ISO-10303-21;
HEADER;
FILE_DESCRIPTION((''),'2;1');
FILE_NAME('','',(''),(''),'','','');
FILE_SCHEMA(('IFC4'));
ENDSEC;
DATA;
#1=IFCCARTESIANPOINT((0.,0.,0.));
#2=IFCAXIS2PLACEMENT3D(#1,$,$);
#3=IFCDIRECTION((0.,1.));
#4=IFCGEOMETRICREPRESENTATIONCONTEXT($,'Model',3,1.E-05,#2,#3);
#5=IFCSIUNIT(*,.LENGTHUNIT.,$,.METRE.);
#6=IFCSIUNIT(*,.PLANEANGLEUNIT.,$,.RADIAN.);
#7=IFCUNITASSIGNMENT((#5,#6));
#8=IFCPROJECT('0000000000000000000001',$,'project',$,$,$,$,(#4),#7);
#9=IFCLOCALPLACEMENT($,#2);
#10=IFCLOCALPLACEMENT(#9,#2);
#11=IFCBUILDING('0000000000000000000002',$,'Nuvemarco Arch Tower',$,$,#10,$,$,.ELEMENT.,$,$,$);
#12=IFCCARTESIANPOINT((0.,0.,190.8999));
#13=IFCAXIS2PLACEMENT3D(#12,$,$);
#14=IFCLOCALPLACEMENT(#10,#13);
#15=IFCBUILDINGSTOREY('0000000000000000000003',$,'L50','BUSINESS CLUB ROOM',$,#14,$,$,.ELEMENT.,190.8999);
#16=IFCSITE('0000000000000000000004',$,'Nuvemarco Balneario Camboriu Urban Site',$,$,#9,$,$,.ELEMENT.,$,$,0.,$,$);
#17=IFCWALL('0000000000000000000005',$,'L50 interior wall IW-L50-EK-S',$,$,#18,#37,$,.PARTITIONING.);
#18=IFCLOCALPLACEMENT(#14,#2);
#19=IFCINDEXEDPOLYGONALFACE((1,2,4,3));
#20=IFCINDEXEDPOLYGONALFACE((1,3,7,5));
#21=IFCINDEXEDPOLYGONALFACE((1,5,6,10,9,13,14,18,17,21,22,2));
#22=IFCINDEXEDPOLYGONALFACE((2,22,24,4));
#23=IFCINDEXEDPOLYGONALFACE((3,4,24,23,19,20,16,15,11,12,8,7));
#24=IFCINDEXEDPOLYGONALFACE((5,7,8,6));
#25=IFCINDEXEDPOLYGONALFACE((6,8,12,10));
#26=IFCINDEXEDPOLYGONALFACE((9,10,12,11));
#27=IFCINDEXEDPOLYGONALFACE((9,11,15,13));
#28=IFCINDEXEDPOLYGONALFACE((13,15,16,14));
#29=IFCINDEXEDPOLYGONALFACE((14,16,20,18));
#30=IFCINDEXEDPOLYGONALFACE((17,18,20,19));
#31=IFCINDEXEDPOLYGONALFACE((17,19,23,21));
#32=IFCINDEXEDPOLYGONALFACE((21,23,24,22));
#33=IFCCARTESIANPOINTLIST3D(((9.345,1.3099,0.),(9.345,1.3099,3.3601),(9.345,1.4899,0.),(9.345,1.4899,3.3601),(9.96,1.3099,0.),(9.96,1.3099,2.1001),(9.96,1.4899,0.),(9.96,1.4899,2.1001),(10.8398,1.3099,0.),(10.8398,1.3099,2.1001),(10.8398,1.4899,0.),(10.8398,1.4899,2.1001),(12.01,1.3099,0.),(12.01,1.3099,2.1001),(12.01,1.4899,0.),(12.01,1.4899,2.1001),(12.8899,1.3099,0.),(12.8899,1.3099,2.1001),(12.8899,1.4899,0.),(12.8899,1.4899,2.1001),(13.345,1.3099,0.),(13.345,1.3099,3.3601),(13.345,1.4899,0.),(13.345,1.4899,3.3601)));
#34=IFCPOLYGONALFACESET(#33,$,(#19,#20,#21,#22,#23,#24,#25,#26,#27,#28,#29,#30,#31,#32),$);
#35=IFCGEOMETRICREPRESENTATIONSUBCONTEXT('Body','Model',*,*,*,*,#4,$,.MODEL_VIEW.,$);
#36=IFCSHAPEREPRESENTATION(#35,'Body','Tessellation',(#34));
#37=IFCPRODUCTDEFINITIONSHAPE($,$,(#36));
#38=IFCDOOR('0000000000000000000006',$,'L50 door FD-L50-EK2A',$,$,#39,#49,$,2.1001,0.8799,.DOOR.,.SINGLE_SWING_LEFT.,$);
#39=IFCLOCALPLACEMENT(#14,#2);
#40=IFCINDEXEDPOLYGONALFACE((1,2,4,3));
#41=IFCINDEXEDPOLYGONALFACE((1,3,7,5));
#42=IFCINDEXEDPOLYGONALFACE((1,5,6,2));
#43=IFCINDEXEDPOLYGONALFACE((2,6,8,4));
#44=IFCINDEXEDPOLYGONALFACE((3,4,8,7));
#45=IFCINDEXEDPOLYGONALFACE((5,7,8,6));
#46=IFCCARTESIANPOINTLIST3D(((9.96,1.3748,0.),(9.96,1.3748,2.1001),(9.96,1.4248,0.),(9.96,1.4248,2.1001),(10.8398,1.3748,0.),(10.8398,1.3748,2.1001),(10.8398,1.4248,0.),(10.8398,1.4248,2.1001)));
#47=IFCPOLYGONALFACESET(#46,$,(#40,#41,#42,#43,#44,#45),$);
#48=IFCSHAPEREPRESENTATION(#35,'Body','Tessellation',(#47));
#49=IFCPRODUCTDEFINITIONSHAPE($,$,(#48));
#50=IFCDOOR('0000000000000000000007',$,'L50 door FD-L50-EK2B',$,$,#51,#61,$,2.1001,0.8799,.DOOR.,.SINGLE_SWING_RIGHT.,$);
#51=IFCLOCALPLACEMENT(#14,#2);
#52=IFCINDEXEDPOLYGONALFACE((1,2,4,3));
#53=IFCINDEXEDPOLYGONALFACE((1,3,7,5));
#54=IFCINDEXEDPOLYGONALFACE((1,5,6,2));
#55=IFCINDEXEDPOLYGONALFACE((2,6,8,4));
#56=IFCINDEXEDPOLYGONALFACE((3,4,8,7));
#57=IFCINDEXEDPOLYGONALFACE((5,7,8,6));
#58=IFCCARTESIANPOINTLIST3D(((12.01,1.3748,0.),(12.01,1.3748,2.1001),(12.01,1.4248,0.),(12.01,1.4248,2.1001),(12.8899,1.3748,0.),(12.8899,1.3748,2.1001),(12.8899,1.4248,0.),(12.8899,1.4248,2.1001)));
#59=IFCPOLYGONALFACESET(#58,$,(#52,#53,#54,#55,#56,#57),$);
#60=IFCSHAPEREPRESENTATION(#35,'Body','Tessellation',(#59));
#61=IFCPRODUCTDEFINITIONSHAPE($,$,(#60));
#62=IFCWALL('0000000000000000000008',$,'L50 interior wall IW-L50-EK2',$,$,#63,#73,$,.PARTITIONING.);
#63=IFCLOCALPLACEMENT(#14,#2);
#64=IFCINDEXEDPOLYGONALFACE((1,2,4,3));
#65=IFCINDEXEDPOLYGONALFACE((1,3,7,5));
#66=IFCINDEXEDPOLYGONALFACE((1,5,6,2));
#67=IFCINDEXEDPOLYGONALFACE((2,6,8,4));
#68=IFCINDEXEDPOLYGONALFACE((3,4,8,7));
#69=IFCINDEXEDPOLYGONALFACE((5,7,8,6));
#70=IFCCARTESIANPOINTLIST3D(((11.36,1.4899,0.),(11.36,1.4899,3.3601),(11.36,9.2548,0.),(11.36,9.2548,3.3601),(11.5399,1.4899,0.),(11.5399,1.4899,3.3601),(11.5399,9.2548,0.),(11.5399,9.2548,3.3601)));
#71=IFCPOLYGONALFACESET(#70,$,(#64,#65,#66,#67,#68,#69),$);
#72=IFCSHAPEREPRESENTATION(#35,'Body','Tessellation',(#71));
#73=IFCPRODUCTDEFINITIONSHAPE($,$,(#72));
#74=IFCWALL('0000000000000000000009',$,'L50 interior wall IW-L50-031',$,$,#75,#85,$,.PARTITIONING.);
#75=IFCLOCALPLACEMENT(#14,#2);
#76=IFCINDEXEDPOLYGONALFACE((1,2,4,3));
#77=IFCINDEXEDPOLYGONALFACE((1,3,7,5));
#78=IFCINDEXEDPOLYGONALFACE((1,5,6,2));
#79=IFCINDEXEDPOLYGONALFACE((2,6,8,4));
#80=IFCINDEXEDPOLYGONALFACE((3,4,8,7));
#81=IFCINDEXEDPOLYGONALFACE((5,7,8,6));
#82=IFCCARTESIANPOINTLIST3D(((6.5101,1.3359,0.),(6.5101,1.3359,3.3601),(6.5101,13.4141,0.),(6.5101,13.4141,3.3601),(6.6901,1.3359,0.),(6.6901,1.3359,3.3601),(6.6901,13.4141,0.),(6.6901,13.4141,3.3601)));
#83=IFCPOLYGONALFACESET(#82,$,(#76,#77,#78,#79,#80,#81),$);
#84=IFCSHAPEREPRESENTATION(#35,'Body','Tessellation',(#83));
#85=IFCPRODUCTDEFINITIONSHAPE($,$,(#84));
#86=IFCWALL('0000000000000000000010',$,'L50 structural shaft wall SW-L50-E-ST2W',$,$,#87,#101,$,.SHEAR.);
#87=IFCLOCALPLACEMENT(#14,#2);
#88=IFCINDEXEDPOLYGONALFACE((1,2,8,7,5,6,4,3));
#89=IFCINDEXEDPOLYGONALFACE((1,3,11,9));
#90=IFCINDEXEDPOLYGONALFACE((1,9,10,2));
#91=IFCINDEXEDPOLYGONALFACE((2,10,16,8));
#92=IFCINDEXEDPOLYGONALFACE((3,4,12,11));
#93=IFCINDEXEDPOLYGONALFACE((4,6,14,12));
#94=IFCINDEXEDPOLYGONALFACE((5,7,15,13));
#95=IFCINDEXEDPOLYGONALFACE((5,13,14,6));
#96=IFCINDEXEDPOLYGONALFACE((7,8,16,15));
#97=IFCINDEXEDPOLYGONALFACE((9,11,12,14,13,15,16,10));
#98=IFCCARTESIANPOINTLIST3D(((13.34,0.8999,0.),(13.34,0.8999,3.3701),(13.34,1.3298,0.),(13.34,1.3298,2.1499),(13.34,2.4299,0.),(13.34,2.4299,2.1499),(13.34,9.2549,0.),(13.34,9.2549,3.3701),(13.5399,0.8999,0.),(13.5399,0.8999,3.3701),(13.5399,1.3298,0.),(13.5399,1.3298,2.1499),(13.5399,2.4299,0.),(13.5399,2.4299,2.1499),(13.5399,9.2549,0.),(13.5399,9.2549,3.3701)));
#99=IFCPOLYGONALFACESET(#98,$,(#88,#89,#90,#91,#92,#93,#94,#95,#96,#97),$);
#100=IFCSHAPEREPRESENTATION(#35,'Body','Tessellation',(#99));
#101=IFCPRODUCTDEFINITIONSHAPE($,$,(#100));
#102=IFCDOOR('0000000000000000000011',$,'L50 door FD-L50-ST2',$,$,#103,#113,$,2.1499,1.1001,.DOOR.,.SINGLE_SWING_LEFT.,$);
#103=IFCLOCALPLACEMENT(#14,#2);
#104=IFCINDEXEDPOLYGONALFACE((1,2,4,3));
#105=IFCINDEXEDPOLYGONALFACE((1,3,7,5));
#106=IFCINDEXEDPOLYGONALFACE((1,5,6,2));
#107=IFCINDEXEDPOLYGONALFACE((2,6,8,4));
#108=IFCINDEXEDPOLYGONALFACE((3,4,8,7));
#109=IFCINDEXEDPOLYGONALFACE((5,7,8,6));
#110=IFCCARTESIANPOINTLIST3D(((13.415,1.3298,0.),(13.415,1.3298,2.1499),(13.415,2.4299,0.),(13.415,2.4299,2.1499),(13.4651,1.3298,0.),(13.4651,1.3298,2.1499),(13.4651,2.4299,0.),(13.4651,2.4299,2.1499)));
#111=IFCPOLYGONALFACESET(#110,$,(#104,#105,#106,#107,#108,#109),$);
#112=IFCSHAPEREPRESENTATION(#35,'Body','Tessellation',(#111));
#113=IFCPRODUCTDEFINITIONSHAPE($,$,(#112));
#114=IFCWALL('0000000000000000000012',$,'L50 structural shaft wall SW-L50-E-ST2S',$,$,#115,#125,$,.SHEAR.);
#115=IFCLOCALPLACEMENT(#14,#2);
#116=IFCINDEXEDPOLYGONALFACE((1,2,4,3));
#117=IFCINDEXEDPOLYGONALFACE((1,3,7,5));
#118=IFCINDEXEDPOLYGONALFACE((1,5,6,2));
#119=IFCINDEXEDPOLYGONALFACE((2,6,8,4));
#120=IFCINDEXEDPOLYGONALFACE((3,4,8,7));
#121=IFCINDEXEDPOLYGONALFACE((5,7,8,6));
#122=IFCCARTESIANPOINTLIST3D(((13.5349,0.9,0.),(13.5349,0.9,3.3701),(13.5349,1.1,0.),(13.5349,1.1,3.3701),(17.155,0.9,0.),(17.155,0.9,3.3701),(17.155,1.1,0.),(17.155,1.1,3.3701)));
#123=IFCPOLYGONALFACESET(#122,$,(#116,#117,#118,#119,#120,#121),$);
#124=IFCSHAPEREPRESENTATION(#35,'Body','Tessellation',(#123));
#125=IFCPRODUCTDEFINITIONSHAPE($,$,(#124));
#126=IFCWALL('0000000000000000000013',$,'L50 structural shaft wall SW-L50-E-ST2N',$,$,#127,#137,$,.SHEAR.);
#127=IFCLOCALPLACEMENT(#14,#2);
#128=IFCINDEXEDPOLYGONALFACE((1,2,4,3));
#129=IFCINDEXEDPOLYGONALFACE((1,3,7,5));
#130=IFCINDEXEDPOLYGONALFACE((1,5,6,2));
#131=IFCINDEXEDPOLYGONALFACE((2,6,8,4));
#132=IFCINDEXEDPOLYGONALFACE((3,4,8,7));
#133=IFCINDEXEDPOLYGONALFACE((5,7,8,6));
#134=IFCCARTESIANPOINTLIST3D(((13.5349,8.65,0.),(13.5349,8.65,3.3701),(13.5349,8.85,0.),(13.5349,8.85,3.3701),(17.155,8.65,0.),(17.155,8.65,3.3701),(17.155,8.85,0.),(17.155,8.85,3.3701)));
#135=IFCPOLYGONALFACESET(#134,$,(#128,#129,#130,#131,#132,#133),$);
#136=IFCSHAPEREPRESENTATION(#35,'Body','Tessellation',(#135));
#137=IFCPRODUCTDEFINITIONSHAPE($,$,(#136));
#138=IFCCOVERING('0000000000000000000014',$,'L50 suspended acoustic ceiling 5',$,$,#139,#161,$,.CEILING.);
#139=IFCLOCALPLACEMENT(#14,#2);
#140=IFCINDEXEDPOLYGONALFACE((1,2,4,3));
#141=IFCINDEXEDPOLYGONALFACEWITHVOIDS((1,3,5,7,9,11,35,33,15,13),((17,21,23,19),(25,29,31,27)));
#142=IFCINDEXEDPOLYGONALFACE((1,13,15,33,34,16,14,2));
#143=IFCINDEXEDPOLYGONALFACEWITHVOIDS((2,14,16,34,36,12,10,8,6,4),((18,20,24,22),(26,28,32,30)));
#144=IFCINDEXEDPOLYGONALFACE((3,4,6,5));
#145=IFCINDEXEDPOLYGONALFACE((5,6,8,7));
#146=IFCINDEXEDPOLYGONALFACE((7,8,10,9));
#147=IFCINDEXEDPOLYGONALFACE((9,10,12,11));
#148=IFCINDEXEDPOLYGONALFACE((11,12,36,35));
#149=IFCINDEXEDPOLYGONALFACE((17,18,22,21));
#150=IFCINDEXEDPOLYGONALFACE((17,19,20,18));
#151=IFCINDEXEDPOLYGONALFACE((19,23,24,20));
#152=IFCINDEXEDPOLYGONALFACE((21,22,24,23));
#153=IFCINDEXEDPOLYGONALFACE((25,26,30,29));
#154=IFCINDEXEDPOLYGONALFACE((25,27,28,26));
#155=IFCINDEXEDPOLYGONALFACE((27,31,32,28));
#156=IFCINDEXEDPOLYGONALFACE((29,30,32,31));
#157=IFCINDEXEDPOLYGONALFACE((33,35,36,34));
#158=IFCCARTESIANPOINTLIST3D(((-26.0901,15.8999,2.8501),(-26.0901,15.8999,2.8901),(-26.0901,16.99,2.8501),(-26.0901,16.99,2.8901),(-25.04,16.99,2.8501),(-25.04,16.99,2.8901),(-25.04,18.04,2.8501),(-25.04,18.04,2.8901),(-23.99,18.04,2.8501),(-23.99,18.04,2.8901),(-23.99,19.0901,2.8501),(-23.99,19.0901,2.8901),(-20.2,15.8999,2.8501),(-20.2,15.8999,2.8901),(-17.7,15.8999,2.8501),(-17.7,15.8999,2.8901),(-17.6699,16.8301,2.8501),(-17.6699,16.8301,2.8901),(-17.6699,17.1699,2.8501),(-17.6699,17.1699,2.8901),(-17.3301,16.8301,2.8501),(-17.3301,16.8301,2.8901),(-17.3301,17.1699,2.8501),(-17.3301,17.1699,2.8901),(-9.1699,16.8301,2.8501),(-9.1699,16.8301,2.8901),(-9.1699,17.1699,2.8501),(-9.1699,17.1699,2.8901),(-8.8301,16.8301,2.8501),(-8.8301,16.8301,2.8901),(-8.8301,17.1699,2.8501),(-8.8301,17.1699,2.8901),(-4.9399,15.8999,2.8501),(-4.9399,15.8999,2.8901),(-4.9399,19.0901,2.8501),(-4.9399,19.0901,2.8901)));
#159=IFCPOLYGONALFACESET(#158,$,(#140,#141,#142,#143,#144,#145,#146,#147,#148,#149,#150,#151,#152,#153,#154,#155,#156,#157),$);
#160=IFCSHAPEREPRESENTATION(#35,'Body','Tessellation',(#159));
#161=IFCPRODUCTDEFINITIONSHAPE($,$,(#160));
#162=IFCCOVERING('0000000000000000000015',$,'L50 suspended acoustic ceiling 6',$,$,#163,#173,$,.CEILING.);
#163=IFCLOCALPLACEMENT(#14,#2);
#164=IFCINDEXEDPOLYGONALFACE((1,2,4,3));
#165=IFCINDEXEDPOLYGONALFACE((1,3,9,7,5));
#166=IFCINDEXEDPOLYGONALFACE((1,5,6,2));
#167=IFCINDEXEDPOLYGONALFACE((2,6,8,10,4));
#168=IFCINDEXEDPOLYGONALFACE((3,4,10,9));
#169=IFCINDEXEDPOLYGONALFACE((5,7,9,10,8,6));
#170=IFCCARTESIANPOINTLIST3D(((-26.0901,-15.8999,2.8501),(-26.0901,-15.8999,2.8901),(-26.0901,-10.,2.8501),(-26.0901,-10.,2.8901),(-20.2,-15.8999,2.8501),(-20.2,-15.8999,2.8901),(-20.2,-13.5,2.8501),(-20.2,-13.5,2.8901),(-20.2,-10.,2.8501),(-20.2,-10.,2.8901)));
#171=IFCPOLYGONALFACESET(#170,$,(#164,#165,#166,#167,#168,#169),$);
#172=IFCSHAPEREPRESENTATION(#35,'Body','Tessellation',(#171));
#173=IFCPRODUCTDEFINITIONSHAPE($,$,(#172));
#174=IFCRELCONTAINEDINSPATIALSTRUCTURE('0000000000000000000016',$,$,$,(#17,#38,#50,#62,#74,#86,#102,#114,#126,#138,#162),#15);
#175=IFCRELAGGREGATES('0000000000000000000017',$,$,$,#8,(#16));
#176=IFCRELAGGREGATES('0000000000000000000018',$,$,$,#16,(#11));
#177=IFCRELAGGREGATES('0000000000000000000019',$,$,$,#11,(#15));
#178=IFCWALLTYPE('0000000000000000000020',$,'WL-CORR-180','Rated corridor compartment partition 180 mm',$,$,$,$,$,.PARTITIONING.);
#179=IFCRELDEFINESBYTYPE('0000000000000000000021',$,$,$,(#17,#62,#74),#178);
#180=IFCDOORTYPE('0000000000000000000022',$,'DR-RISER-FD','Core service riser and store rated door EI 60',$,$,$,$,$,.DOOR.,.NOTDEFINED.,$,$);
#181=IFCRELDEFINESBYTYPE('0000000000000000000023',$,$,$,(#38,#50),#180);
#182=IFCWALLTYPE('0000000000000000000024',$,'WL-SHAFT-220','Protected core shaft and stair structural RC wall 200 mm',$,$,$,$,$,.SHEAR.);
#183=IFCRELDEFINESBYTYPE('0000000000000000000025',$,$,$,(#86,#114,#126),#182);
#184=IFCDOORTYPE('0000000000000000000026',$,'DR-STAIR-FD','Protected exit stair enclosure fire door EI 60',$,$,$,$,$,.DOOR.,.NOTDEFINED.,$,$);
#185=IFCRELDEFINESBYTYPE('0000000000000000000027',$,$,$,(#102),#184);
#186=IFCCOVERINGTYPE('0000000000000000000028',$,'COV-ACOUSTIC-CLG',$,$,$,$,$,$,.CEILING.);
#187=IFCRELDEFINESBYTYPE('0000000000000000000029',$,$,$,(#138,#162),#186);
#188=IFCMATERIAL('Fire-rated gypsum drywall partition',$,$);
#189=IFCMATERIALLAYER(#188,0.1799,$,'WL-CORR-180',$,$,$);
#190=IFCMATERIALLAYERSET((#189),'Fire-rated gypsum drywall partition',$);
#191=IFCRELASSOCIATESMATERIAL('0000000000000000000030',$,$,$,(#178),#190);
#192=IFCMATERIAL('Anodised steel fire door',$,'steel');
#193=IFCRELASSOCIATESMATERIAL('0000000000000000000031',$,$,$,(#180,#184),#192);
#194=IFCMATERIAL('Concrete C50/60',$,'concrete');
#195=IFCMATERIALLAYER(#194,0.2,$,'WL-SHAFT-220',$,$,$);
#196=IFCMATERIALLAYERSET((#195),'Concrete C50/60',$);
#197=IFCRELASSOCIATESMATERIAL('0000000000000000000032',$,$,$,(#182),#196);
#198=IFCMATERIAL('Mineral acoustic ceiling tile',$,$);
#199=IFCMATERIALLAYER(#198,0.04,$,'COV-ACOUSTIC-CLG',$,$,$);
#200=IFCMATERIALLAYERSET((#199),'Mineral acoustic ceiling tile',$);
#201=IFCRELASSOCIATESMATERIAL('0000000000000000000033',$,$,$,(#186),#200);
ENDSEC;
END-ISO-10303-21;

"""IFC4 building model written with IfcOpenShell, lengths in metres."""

from ifc_helpers import new_model, si_unit, direction, frame, frame_2d, origin, place, context, subcontext, project, spatial, polyline, rectangle, outline, extrude, source, transform, mapped, material, layer, layer_set, type_object, type_shapes, element, fill, save


model = new_model("IFC4")

# Units and contexts
model_context = context("Model", 3, precision=1e-05, world=origin(), true_north=direction((0.0, 1.0)))
body_context = subcontext(model_context, "Body", "Model", "MODEL_VIEW")
ifc_project = project(units=[si_unit("LENGTHUNIT", "METRE"), si_unit("PLANEANGLEUNIT", "RADIAN")], contexts=[model_context])

# Site, building, storey
site_placement = place(None, origin())
site = spatial("IfcSite", under=ifc_project, at=site_placement, Name="Nuvemarco Balneario Camboriu Urban Site", CompositionType="ELEMENT", RefElevation=0.0)
building_placement = place(site_placement, origin())
building = spatial("IfcBuilding", under=site, at=building_placement, Name="Nuvemarco Arch Tower", CompositionType="ELEMENT")
storey_placement = place(building_placement, frame((0.0, 0.0, 190.8999)))
storey = spatial("IfcBuildingStorey", under=building, at=storey_placement, Name="L50", Description="BUSINESS CLUB ROOM", CompositionType="ELEMENT", Elevation=190.8999)

# Shared definitions
ifc_material_1 = material(Name="Concrete C50/60", Category="concrete")

# Wall, openings, doors
ifc_material_2 = material(Name="Fire-rated gypsum drywall partition")
ifc_layer_1 = layer(ifc_material_2, 0.1799, Name="WL-CORR-180")
ifc_layer_set_1 = layer_set([ifc_layer_1], Name="Fire-rated gypsum drywall partition")
wall_type_1 = type_object("IfcWallType", Name="WL-CORR-180", Description="Rated corridor compartment partition 180 mm", PredefinedType="PARTITIONING", material=ifc_layer_set_1)
wall_1_placement = place(storey_placement, frame((9.345, 1.3999, 0.0), z_axis=(0.0, 0.0, 1.0), x_axis=(1.0, 0.0, 0.0)))
wall_1 = element("IfcWall", 1, at=wall_1_placement, inside=storey, type_object=wall_type_1, Name="L50 interior wall IW-L50-EK-S", PredefinedType="PARTITIONING", context=body_context, shape_type="SweptSolid", body=[
    extrude(rectangle(XDim=4.0, YDim=0.1799, at=frame_2d((2.0, 0.0))), origin(), (0.0, 0.0, 1.0), 3.3601),
])
opening_1_placement = place(wall_1_placement, frame((0.615, 0.0, 0.0)))
opening_1 = element("IfcOpeningElement", 2, at=opening_1_placement, cuts=wall_1, PredefinedType="OPENING", context=body_context, shape_type="SweptSolid", body=[
    extrude(rectangle(XDim=0.8799, YDim=2.1001, at=frame_2d((0.4399, 1.05))), frame((0.0, 0.0999, 0.0), z_axis=(0.0, -1.0, 0.0), x_axis=(1.0, 0.0, 0.0)), (0.0, 0.0, 1.0), 0.2),
])
opening_2_placement = place(wall_1_placement, frame((2.665, 0.0, 0.0)))
opening_2 = element("IfcOpeningElement", 3, at=opening_2_placement, cuts=wall_1, PredefinedType="OPENING", context=body_context, shape_type="SweptSolid", body=[
    extrude(rectangle(XDim=0.8799, YDim=2.1001, at=frame_2d((0.4399, 1.05))), frame((0.0, 0.0999, 0.0), z_axis=(0.0, -1.0, 0.0), x_axis=(1.0, 0.0, 0.0)), (0.0, 0.0, 1.0), 0.2),
])
ifc_material_3 = material(Name="Anodised steel fire door", Category="steel")
door_type_1 = type_object("IfcDoorType", Name="DR-RISER-FD", Description="Core service riser and store rated door EI 60", OperationType="NOTDEFINED", PredefinedType="DOOR", material=ifc_material_3)
shared_shape_1 = source(origin(), body_context, "Body", "SweptSolid", [
    extrude(rectangle(XDim=0.8799, YDim=2.1001, at=frame_2d((0.4399, 1.05))), frame((0.0, 0.0249, 0.0), z_axis=(0.0, -1.0, 0.0), x_axis=(1.0, 0.0, 0.0)), (0.0, 0.0, 1.0), 0.05),
])
type_shapes(door_type_1, [shared_shape_1])
door_1_placement = place(opening_1_placement, origin())
door_1 = element("IfcDoor", 4, at=door_1_placement, inside=storey, type_object=door_type_1, Name="L50 door FD-L50-EK2A", OperationType="SINGLE_SWING_LEFT", OverallHeight=2.1001, OverallWidth=0.8799, PredefinedType="DOOR", context=body_context, shape_type="MappedRepresentation", body=[
    mapped(shared_shape_1, transform((0.0, 0.0, 0.0), scale=1.0)),
])
fill(opening_1, door_1)
door_2_placement = place(opening_2_placement, origin())
door_2 = element("IfcDoor", 5, at=door_2_placement, inside=storey, type_object=door_type_1, Name="L50 door FD-L50-EK2B", OperationType="SINGLE_SWING_RIGHT", OverallHeight=2.1001, OverallWidth=0.8799, PredefinedType="DOOR", context=body_context, shape_type="MappedRepresentation", body=[
    mapped(shared_shape_1, transform((0.0, 0.0, 0.0), scale=1.0)),
])
fill(opening_2, door_2)

# Walls
wall_2_placement = place(storey_placement, frame((11.45, 1.49, 0.0), z_axis=(0.0, 0.0, 1.0), x_axis=(0.0, 1.0, 0.0)))
element("IfcWall", 6, at=wall_2_placement, inside=storey, type_object=wall_type_1, Name="L50 interior wall IW-L50-EK2", PredefinedType="PARTITIONING", context=body_context, shape_type="SweptSolid", body=[
    extrude(rectangle(XDim=7.7649, YDim=0.1799, at=frame_2d((3.8823, 0.0))), origin(), (0.0, 0.0, 1.0), 3.3601),
])
wall_3_placement = place(storey_placement, frame((6.6001, 1.3359, 0.0), z_axis=(0.0, 0.0, 1.0), x_axis=(0.0, 1.0, 0.0)))
element("IfcWall", 7, at=wall_3_placement, inside=storey, type_object=wall_type_1, Name="L50 interior wall IW-L50-031", PredefinedType="PARTITIONING", context=body_context, shape_type="SweptSolid", body=[
    extrude(rectangle(XDim=12.0781, YDim=0.1799, at=frame_2d((6.0391, 0.0))), origin(), (0.0, 0.0, 1.0), 3.3601),
])

# Wall, opening, door
ifc_layer_2 = layer(ifc_material_1, 0.2, Name="WL-SHAFT-220")
ifc_layer_set_2 = layer_set([ifc_layer_2], Name="Concrete C50/60")
wall_type_2 = type_object("IfcWallType", Name="WL-SHAFT-220", Description="Protected core shaft and stair structural RC wall 200 mm", PredefinedType="SHEAR", material=ifc_layer_set_2)
wall_4_placement = place(storey_placement, frame((13.4399, 0.8999, 0.0), z_axis=(0.0, 0.0, 1.0), x_axis=(0.0, 1.0, 0.0)))
wall_4 = element("IfcWall", 8, at=wall_4_placement, inside=storey, type_object=wall_type_2, Name="L50 structural shaft wall SW-L50-E-ST2W", PredefinedType="SHEAR", context=body_context, shape_type="SweptSolid", body=[
    extrude(rectangle(XDim=8.355, YDim=0.2, at=frame_2d((4.1775, 0.0))), origin(), (0.0, 0.0, 1.0), 3.3701),
])
opening_3_placement = place(wall_4_placement, frame((0.4299, 0.0, 0.0)))
opening_3 = element("IfcOpeningElement", 9, at=opening_3_placement, cuts=wall_4, PredefinedType="OPENING", context=body_context, shape_type="SweptSolid", body=[
    extrude(rectangle(XDim=1.1001, YDim=2.1499, at=frame_2d((0.55, 1.075))), frame((0.0, 0.1099, 0.0), z_axis=(0.0, -1.0, 0.0), x_axis=(1.0, 0.0, 0.0)), (0.0, 0.0, 1.0), 0.22),
])
door_type_2 = type_object("IfcDoorType", Name="DR-STAIR-FD", Description="Protected exit stair enclosure fire door EI 60", OperationType="NOTDEFINED", PredefinedType="DOOR", material=ifc_material_3)
shared_shape_2 = source(origin(), body_context, "Body", "SweptSolid", [
    extrude(rectangle(XDim=1.1001, YDim=2.1499, at=frame_2d((0.55, 1.075))), frame((0.0, 0.0249, 0.0), z_axis=(0.0, -1.0, 0.0), x_axis=(1.0, 0.0, 0.0)), (0.0, 0.0, 1.0), 0.05),
])
type_shapes(door_type_2, [shared_shape_2])
door_3_placement = place(opening_3_placement, origin())
door_3 = element("IfcDoor", 10, at=door_3_placement, inside=storey, type_object=door_type_2, Name="L50 door FD-L50-ST2", OperationType="SINGLE_SWING_LEFT", OverallHeight=2.1499, OverallWidth=1.1001, PredefinedType="DOOR", context=body_context, shape_type="MappedRepresentation", body=[
    mapped(shared_shape_2, transform((0.0, 0.0, 0.0), scale=1.0)),
])
fill(opening_3, door_3)

# Walls
for number, where, z_axis, x_axis, name in (
    (11, (13.5349, 1.0, 0.0), (0.0, 0.0, 1.0), (1.0, 0.0, 0.0), "L50 structural shaft wall SW-L50-E-ST2S"),
    (12, (13.5349, 8.75, 0.0), (0.0, 0.0, 1.0), (1.0, 0.0, 0.0), "L50 structural shaft wall SW-L50-E-ST2N"),
):
    element("IfcWall", number, at=place(storey_placement, frame(where, z_axis=z_axis, x_axis=x_axis)), inside=storey, type_object=wall_type_2, Name=name, PredefinedType="SHEAR", context=body_context, shape_type="SweptSolid", body=[
        extrude(rectangle(XDim=3.6201, YDim=0.2, at=frame_2d((1.8101, 0.0))), origin(), (0.0, 0.0, 1.0), 3.3701),
    ])

# Coverings
ifc_material_4 = material(Name="Mineral acoustic ceiling tile")
ifc_layer_3 = layer(ifc_material_4, 0.04, Name="COV-ACOUSTIC-CLG")
ifc_layer_set_3 = layer_set([ifc_layer_3], Name="Mineral acoustic ceiling tile")
covering_type_1 = type_object("IfcCoveringType", Name="COV-ACOUSTIC-CLG", PredefinedType="CEILING", material=ifc_layer_set_3)
covering_1_placement = place(storey_placement, frame((0.0, 0.0, 2.8501)))
element("IfcCovering", 13, at=covering_1_placement, inside=storey, type_object=covering_type_1, Name="L50 suspended acoustic ceiling 5", PredefinedType="CEILING", context=body_context, shape_type="SweptSolid", body=[
    extrude(outline(polyline([(-25.04, 16.99), (-25.04, 18.04), (-23.99, 18.04), (-23.99, 19.0901), (-4.9399, 19.0901), (-4.9399, 15.8999), (-17.7, 15.8999), (-20.2, 15.8999), (-26.0901, 15.8999), (-26.0901, 16.99), (-25.04, 16.99)]), holes=[polyline([(-17.3301, 16.8301), (-17.3301, 17.1699), (-17.6699, 17.1699), (-17.6699, 16.8301), (-17.3301, 16.8301)]), polyline([(-8.8301, 16.8301), (-8.8301, 17.1699), (-9.1699, 17.1699), (-9.1699, 16.8301), (-8.8301, 16.8301)])]), origin(), (0.0, 0.0, 1.0), 0.04),
])
covering_2_placement = place(storey_placement, frame((0.0, 0.0, 2.8501)))
element("IfcCovering", 14, at=covering_2_placement, inside=storey, type_object=covering_type_1, Name="L50 suspended acoustic ceiling 6", PredefinedType="CEILING", context=body_context, shape_type="SweptSolid", body=[
    extrude(outline(polyline([(-20.2, -15.8999), (-26.0901, -15.8999), (-26.0901, -10.0), (-20.2, -10.0), (-20.2, -13.5), (-20.2, -15.8999)])), origin(), (0.0, 0.0, 1.0), 0.04),
])

save(model, "model.ifc")
